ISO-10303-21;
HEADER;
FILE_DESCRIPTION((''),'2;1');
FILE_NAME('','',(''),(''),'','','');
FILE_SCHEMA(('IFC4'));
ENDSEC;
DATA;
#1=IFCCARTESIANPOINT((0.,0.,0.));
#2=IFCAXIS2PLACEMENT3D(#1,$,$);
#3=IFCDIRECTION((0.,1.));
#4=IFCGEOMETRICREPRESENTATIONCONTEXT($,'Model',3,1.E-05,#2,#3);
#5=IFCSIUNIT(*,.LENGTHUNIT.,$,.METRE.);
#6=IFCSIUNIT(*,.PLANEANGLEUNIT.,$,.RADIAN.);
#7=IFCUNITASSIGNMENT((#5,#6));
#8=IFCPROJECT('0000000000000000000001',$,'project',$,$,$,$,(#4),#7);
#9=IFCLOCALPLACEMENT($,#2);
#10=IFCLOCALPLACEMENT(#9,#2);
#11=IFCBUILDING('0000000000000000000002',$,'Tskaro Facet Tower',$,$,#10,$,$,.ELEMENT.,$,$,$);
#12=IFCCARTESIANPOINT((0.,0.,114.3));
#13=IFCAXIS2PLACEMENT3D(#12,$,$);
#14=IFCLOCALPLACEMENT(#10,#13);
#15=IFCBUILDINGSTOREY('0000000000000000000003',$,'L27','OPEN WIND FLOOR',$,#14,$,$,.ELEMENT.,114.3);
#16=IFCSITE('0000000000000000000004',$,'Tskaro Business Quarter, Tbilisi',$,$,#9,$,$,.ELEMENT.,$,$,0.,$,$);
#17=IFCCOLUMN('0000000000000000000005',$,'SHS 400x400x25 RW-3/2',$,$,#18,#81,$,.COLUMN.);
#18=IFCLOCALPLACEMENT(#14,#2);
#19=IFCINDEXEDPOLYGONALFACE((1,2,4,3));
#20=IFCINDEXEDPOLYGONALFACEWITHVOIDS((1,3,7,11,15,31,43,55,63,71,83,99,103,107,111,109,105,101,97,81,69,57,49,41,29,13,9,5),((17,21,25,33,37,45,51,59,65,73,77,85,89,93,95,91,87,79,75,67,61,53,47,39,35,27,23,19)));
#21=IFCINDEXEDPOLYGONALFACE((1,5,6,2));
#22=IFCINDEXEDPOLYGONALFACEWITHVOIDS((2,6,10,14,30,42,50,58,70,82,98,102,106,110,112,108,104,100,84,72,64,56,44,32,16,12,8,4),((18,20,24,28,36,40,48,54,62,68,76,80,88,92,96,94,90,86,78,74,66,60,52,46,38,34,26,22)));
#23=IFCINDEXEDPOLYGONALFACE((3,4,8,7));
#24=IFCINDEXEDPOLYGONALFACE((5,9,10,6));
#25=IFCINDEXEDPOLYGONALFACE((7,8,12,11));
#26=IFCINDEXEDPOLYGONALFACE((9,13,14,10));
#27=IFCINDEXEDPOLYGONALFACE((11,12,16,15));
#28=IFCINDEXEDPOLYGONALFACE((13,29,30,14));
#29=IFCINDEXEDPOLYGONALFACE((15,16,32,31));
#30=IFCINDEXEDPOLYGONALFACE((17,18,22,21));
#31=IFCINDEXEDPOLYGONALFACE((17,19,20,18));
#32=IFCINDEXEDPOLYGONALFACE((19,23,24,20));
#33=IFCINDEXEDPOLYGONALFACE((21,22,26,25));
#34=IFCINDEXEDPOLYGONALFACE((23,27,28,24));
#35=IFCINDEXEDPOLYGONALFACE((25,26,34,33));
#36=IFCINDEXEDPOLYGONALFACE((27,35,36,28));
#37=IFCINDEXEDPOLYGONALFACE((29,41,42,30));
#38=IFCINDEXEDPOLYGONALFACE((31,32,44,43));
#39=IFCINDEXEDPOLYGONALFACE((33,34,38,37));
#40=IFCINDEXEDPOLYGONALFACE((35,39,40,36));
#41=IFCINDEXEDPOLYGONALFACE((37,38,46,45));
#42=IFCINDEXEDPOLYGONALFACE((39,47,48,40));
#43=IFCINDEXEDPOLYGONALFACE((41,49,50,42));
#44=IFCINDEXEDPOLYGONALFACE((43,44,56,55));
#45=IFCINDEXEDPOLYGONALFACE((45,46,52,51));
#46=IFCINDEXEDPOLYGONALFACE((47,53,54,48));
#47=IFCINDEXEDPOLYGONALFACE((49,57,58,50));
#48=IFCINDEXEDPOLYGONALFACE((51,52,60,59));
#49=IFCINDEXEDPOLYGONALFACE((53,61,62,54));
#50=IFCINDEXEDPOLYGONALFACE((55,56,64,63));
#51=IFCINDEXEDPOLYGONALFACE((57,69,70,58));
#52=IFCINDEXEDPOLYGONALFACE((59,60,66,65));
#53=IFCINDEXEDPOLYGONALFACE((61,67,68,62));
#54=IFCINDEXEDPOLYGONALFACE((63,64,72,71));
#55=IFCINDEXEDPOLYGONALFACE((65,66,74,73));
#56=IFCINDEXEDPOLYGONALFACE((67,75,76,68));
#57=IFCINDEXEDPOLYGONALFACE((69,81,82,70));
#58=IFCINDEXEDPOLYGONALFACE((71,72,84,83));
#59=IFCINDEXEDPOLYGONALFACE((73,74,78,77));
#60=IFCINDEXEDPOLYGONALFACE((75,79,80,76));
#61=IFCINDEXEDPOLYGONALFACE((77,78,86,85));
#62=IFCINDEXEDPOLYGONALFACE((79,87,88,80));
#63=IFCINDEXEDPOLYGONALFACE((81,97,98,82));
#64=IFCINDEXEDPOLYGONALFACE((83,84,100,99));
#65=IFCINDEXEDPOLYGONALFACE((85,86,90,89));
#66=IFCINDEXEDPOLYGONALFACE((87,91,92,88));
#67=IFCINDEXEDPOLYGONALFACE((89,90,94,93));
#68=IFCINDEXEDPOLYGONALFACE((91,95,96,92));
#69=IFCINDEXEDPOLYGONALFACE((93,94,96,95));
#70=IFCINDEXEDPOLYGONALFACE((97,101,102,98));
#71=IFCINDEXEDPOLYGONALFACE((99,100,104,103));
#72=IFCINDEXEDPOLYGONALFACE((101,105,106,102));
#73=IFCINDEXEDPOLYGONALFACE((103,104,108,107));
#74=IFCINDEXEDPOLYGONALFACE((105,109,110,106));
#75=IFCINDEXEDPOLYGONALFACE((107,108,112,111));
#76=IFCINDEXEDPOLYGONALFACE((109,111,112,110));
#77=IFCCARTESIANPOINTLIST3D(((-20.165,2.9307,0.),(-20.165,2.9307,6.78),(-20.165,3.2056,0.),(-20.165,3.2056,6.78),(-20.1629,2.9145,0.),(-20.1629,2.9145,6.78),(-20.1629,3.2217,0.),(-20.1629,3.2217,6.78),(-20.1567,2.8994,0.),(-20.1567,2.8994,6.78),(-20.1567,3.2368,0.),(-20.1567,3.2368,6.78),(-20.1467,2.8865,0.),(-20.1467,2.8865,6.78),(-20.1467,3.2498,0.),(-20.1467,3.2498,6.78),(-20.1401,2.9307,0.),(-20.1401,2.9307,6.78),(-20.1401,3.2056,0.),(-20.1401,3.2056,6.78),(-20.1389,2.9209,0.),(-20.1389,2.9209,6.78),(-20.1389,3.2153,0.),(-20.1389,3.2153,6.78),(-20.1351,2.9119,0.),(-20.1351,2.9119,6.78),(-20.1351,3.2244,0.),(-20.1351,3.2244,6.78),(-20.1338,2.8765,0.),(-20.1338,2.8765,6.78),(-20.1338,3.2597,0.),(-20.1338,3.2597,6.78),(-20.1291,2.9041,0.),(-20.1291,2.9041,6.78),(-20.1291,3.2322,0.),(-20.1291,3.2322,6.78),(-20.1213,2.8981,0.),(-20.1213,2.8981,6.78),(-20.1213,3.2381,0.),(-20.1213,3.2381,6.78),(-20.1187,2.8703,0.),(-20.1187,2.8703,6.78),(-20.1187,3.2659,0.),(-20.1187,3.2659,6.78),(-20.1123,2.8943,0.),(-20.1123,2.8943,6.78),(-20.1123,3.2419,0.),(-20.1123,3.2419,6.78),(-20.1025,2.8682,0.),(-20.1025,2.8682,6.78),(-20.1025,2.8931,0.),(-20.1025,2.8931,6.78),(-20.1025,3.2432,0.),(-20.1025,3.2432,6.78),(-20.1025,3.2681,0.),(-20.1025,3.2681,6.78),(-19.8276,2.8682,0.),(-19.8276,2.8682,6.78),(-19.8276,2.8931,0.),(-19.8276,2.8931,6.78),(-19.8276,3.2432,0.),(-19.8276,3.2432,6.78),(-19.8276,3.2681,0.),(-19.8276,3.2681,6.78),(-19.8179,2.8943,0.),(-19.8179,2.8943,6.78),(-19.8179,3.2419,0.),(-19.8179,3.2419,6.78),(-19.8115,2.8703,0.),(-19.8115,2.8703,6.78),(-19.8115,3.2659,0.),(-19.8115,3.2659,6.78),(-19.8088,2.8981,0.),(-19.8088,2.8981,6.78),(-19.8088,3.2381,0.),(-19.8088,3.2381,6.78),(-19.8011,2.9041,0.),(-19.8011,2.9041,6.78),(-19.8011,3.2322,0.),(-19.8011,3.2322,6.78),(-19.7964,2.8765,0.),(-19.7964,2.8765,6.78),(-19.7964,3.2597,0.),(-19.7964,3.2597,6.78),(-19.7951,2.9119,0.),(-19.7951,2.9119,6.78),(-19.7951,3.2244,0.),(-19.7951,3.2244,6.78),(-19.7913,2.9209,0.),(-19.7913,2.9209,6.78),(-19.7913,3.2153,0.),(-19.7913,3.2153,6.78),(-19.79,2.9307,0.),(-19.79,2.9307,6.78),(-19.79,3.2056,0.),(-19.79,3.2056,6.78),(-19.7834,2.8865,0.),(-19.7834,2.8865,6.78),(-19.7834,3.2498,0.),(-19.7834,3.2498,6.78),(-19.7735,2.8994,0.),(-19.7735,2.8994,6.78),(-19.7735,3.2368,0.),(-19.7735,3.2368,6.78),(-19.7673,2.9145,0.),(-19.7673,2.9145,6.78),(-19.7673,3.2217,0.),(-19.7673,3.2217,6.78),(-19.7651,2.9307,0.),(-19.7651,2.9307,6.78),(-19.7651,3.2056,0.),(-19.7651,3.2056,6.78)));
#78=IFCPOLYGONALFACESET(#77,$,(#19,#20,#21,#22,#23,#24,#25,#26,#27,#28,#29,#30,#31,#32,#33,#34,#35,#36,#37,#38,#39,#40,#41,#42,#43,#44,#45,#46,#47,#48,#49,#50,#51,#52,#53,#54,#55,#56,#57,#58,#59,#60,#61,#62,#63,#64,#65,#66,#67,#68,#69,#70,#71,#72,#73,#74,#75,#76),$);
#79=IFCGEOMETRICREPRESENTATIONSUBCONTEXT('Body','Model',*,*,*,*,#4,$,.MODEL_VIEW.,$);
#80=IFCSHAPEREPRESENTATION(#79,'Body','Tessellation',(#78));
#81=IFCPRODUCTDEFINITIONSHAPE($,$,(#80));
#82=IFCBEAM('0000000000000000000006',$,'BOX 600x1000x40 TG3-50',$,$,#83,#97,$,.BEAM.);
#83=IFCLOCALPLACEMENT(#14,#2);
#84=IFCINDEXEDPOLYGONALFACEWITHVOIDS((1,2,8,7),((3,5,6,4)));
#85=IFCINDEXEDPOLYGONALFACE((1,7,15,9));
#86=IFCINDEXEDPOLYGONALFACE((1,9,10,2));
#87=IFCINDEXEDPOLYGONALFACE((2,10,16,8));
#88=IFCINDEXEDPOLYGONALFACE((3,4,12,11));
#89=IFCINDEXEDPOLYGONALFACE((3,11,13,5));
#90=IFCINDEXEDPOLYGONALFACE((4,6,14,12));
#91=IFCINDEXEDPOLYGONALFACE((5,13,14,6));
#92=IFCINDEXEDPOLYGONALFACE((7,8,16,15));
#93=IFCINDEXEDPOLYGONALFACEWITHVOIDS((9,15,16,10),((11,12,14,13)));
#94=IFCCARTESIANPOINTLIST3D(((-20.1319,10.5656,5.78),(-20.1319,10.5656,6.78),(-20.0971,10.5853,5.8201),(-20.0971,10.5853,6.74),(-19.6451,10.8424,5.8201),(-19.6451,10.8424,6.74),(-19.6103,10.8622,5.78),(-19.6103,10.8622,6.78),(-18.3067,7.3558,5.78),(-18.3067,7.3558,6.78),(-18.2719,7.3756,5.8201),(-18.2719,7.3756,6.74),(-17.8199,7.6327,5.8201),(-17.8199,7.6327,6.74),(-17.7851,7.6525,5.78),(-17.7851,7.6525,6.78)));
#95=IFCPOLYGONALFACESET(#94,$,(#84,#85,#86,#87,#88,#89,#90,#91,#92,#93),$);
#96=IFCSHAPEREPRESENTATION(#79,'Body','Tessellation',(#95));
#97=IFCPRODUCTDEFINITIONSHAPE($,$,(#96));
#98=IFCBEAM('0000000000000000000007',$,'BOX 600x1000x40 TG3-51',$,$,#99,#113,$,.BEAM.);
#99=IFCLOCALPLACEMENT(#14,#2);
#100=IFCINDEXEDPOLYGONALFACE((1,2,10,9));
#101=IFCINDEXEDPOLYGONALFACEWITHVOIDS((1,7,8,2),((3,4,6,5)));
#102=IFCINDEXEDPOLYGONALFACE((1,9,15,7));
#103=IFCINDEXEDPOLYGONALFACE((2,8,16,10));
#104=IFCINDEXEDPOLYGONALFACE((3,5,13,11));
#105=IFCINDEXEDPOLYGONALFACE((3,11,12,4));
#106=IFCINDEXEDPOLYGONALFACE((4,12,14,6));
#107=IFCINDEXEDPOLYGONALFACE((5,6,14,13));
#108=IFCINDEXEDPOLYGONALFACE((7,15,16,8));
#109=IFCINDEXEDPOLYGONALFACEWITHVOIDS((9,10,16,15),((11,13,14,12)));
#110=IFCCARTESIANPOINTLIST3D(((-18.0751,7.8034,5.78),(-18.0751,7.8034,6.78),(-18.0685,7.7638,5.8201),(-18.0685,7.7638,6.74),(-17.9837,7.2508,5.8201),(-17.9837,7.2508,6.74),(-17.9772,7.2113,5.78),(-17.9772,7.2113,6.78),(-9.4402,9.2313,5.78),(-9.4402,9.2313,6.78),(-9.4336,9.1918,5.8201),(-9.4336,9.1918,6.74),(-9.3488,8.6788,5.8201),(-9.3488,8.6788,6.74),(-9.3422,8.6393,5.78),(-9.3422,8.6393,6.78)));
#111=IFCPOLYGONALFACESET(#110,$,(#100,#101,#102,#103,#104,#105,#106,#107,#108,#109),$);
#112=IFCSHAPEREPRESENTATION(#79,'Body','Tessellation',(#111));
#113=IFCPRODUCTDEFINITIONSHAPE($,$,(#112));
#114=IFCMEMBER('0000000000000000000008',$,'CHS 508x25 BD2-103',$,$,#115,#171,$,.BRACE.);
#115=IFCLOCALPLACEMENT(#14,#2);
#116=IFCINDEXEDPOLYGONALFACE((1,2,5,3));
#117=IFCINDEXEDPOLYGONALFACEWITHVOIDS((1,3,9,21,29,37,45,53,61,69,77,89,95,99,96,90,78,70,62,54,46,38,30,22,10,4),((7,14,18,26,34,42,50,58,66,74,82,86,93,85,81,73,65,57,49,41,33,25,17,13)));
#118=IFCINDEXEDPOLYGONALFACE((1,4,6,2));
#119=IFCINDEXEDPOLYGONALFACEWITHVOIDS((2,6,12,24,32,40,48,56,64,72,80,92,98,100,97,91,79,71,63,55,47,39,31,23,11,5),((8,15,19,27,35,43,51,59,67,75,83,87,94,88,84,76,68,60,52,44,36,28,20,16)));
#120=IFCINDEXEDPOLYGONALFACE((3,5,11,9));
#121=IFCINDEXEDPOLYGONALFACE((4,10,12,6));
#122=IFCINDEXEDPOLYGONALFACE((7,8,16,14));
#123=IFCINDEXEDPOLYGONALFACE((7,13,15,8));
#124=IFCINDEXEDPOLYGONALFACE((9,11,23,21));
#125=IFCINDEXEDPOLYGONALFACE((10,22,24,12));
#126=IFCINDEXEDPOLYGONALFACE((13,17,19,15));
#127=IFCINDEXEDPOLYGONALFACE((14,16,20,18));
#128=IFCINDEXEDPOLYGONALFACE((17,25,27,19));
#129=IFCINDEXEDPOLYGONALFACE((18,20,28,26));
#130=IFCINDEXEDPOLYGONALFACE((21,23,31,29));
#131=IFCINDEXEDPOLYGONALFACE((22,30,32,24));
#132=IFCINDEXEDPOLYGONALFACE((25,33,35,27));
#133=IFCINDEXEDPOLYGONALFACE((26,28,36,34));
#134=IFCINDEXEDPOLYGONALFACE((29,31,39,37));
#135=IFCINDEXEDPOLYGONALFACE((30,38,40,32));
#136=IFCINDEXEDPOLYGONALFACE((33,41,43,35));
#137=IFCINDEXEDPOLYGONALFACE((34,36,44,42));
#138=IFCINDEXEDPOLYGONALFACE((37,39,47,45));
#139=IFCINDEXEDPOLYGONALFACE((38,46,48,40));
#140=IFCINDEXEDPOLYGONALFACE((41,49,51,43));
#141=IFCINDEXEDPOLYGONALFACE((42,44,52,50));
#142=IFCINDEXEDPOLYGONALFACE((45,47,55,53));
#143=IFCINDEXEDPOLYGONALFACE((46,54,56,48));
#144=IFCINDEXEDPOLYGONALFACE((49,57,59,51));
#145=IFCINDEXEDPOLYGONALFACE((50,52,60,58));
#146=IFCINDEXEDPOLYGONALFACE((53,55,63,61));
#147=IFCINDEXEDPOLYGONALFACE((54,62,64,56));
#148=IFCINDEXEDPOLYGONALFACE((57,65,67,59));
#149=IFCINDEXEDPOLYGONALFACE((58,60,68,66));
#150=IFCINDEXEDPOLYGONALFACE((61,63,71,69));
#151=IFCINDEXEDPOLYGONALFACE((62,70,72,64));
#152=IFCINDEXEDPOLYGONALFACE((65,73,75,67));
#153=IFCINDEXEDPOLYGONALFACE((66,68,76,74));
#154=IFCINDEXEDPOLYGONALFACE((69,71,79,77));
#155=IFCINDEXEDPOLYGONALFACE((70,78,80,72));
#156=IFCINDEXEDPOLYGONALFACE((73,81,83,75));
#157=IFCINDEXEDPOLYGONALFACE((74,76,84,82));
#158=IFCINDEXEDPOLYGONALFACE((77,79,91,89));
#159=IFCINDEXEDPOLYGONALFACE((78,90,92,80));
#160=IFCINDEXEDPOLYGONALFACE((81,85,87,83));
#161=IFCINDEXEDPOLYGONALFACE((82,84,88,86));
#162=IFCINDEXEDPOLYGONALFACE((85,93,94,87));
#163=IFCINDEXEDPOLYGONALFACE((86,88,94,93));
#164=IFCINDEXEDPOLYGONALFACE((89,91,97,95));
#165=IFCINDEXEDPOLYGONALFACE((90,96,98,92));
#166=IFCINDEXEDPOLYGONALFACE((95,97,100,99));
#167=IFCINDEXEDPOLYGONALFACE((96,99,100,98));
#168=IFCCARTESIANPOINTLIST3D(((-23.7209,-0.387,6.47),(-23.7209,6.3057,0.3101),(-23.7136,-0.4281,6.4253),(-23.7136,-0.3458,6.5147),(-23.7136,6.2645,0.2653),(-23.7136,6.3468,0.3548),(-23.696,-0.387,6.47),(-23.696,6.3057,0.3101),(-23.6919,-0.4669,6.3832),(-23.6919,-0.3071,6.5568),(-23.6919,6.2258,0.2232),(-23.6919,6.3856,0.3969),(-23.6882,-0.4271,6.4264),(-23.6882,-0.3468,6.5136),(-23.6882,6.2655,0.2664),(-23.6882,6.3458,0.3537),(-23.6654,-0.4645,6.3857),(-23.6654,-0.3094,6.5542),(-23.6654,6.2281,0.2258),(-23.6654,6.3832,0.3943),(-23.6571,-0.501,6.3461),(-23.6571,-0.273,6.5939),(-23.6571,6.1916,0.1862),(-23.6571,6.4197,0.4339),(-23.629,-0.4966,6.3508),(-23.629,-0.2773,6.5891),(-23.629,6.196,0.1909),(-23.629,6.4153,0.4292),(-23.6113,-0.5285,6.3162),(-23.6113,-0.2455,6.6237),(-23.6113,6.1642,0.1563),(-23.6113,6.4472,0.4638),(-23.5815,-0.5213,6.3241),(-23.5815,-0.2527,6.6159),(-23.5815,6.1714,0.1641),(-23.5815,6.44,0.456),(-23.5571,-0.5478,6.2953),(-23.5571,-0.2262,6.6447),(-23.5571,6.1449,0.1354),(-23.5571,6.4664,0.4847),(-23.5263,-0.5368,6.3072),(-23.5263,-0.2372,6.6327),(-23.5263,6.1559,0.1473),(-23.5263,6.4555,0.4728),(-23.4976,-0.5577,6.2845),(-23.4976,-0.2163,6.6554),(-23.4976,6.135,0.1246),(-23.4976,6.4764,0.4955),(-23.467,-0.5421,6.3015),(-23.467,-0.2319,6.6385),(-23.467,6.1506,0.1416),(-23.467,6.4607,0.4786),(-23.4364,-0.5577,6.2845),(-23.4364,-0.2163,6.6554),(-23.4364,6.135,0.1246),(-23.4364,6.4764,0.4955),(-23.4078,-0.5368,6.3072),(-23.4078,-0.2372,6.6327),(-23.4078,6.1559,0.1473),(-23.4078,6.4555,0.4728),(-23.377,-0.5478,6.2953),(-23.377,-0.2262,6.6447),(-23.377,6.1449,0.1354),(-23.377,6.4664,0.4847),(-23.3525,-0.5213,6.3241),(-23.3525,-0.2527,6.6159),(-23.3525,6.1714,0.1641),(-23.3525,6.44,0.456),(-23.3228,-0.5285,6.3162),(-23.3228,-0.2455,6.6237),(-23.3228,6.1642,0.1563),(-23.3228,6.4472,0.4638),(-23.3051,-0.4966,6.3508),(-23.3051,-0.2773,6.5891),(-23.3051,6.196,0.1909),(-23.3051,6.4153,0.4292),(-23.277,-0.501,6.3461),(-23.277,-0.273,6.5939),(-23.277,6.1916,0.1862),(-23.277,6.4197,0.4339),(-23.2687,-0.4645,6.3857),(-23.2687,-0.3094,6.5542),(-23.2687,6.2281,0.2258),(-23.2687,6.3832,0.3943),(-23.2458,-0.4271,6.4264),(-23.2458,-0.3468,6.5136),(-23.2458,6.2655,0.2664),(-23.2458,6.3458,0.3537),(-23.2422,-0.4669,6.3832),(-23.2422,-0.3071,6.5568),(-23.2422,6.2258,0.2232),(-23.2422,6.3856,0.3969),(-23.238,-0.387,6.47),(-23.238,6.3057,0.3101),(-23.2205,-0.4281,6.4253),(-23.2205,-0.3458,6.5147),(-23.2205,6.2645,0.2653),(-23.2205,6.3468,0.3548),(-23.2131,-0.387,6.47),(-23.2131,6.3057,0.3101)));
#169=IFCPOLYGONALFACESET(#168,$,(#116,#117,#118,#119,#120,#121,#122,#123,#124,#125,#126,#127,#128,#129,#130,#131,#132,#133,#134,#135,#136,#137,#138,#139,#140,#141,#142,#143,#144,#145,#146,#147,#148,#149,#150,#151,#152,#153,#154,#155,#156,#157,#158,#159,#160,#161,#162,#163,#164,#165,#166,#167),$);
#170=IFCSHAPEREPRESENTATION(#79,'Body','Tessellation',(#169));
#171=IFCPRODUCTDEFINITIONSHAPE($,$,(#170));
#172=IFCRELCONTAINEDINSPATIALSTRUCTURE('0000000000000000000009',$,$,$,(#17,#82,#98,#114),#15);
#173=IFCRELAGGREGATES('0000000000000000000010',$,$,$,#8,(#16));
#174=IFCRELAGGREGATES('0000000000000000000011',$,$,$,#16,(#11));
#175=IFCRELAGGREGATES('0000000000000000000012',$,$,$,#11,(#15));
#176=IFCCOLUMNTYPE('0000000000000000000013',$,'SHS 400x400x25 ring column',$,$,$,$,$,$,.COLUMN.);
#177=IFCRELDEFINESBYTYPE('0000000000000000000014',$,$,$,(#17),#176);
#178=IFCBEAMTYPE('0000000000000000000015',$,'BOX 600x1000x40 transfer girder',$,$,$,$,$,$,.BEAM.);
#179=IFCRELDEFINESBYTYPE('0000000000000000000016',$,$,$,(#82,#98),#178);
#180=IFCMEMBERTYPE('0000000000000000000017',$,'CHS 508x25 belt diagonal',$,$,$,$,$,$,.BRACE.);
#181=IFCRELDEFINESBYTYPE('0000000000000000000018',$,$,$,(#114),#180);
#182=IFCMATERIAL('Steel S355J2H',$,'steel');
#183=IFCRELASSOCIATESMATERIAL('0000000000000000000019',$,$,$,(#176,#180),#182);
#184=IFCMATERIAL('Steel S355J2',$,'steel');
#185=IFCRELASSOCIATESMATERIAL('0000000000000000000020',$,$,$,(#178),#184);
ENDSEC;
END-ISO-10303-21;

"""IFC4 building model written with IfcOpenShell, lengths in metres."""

from ifc_helpers import new_model, si_unit, direction, frame, origin, origin_2d, place, context, subcontext, project, spatial, hollow_rectangle, hollow_circle, extrude, material, material_profile, profile_set, type_object, element, save


model = new_model("IFC4")

# Units and contexts
model_context = context("Model", 3, precision=1e-05, world=origin(), true_north=direction((0.0, 1.0)))
body_context = subcontext(model_context, "Body", "Model", "MODEL_VIEW")
ifc_project = project(units=[si_unit("LENGTHUNIT", "METRE"), si_unit("PLANEANGLEUNIT", "RADIAN")], contexts=[model_context])

# Site, building, storey
site_placement = place(None, origin())
site = spatial("IfcSite", under=ifc_project, at=site_placement, Name="Tskaro Business Quarter, Tbilisi", CompositionType="ELEMENT", RefElevation=0.0)
building_placement = place(site_placement, origin())
building = spatial("IfcBuilding", under=site, at=building_placement, Name="Tskaro Facet Tower", CompositionType="ELEMENT")
storey_placement = place(building_placement, frame((0.0, 0.0, 114.3)))
storey = spatial("IfcBuildingStorey", under=building, at=storey_placement, Name="L27", Description="OPEN WIND FLOOR", CompositionType="ELEMENT", Elevation=114.3)

# Column
ifc_material_1 = material(Name="Steel S355J2H", Category="steel")
ifc_material_profile_1 = material_profile(ifc_material_1, hollow_rectangle(XDim=0.3999, YDim=0.3999, WallThickness=0.0249, InnerFilletRadius=0.0376, OuterFilletRadius=0.0625, at=origin_2d()), Name="SHS 400x400x25")
ifc_profile_set_1 = profile_set([ifc_material_profile_1], Name="Steel S355J2H")
column_type = type_object("IfcColumnType", Name="SHS 400x400x25 ring column", PredefinedType="COLUMN", material=ifc_profile_set_1)
column_placement = place(storey_placement, frame((-19.9651, 3.0681, 0.0), z_axis=(0.0, 0.0, 1.0), x_axis=(1.0, 0.0, 0.0)))
element("IfcColumn", 1, at=column_placement, inside=storey, type_object=column_type, Name="SHS 400x400x25 RW-3/2", PredefinedType="COLUMN", context=body_context, shape_type="SweptSolid", body=[
    extrude(hollow_rectangle(XDim=0.3999, YDim=0.3999, WallThickness=0.0249, InnerFilletRadius=0.0376, OuterFilletRadius=0.0625, at=origin_2d()), origin(), (0.0, 0.0, 1.0), 6.78),
])

# Beams
ifc_material_2 = material(Name="Steel S355J2", Category="steel")
ifc_material_profile_2 = material_profile(ifc_material_2, hollow_rectangle(XDim=0.6001, YDim=1.0, WallThickness=0.04, at=origin_2d()), Name="BOX 600x1000x40")
ifc_profile_set_2 = profile_set([ifc_material_profile_2], Name="Steel S355J2")
beam_type_1 = type_object("IfcBeamType", Name="BOX 600x1000x40 transfer girder", PredefinedType="BEAM", material=ifc_profile_set_2)
beam_1_placement = place(storey_placement, frame((-18.0459, 7.5042, 6.28), z_axis=(-0.494315, 0.869283, 0.0), x_axis=(-0.869283, -0.494315, 0.0)))
element("IfcBeam", 2, at=beam_1_placement, inside=storey, type_object=beam_type_1, Name="BOX 600x1000x40 TG3-50", PredefinedType="BEAM", context=body_context, shape_type="SweptSolid", body=[
    extrude(hollow_rectangle(XDim=0.6001, YDim=1.0, WallThickness=0.04, at=origin_2d()), origin(), (0.0, 0.0, 1.0), 3.6924),
])
beam_2_placement = place(storey_placement, frame((-18.0261, 7.5073, 6.28), z_axis=(0.9866, 0.163155, 0.0), x_axis=(-0.163155, 0.9866, 0.0)))
element("IfcBeam", 3, at=beam_2_placement, inside=storey, type_object=beam_type_1, Name="BOX 600x1000x40 TG3-51", PredefinedType="BEAM", context=body_context, shape_type="SweptSolid", body=[
    extrude(hollow_rectangle(XDim=0.6001, YDim=1.0, WallThickness=0.04, at=origin_2d()), origin(), (0.0, 0.0, 1.0), 8.7522),
])

# Member
ifc_material_profile_3 = material_profile(ifc_material_1, hollow_circle(Radius=0.2539, WallThickness=0.0249, at=origin_2d()), Name="CHS 508x25")
ifc_profile_set_3 = profile_set([ifc_material_profile_3], Name="Steel S355J2H")
member_type_1 = type_object("IfcMemberType", Name="CHS 508x25 belt diagonal", PredefinedType="BRACE", material=ifc_profile_set_3)
member_1_placement = place(storey_placement, frame((-23.467, 6.3057, 0.3101), z_axis=(0.0, -0.735783, 0.677217), x_axis=(1.0, 0.0, 0.0)))
element("IfcMember", 4, at=member_1_placement, inside=storey, type_object=member_type_1, Name="CHS 508x25 BD2-103", PredefinedType="BRACE", context=body_context, shape_type="SweptSolid", body=[
    extrude(hollow_circle(Radius=0.2539, WallThickness=0.0249, at=origin_2d()), origin(), (0.0, 0.0, 1.0), 9.0959),
])

save(model, "model.ifc")
